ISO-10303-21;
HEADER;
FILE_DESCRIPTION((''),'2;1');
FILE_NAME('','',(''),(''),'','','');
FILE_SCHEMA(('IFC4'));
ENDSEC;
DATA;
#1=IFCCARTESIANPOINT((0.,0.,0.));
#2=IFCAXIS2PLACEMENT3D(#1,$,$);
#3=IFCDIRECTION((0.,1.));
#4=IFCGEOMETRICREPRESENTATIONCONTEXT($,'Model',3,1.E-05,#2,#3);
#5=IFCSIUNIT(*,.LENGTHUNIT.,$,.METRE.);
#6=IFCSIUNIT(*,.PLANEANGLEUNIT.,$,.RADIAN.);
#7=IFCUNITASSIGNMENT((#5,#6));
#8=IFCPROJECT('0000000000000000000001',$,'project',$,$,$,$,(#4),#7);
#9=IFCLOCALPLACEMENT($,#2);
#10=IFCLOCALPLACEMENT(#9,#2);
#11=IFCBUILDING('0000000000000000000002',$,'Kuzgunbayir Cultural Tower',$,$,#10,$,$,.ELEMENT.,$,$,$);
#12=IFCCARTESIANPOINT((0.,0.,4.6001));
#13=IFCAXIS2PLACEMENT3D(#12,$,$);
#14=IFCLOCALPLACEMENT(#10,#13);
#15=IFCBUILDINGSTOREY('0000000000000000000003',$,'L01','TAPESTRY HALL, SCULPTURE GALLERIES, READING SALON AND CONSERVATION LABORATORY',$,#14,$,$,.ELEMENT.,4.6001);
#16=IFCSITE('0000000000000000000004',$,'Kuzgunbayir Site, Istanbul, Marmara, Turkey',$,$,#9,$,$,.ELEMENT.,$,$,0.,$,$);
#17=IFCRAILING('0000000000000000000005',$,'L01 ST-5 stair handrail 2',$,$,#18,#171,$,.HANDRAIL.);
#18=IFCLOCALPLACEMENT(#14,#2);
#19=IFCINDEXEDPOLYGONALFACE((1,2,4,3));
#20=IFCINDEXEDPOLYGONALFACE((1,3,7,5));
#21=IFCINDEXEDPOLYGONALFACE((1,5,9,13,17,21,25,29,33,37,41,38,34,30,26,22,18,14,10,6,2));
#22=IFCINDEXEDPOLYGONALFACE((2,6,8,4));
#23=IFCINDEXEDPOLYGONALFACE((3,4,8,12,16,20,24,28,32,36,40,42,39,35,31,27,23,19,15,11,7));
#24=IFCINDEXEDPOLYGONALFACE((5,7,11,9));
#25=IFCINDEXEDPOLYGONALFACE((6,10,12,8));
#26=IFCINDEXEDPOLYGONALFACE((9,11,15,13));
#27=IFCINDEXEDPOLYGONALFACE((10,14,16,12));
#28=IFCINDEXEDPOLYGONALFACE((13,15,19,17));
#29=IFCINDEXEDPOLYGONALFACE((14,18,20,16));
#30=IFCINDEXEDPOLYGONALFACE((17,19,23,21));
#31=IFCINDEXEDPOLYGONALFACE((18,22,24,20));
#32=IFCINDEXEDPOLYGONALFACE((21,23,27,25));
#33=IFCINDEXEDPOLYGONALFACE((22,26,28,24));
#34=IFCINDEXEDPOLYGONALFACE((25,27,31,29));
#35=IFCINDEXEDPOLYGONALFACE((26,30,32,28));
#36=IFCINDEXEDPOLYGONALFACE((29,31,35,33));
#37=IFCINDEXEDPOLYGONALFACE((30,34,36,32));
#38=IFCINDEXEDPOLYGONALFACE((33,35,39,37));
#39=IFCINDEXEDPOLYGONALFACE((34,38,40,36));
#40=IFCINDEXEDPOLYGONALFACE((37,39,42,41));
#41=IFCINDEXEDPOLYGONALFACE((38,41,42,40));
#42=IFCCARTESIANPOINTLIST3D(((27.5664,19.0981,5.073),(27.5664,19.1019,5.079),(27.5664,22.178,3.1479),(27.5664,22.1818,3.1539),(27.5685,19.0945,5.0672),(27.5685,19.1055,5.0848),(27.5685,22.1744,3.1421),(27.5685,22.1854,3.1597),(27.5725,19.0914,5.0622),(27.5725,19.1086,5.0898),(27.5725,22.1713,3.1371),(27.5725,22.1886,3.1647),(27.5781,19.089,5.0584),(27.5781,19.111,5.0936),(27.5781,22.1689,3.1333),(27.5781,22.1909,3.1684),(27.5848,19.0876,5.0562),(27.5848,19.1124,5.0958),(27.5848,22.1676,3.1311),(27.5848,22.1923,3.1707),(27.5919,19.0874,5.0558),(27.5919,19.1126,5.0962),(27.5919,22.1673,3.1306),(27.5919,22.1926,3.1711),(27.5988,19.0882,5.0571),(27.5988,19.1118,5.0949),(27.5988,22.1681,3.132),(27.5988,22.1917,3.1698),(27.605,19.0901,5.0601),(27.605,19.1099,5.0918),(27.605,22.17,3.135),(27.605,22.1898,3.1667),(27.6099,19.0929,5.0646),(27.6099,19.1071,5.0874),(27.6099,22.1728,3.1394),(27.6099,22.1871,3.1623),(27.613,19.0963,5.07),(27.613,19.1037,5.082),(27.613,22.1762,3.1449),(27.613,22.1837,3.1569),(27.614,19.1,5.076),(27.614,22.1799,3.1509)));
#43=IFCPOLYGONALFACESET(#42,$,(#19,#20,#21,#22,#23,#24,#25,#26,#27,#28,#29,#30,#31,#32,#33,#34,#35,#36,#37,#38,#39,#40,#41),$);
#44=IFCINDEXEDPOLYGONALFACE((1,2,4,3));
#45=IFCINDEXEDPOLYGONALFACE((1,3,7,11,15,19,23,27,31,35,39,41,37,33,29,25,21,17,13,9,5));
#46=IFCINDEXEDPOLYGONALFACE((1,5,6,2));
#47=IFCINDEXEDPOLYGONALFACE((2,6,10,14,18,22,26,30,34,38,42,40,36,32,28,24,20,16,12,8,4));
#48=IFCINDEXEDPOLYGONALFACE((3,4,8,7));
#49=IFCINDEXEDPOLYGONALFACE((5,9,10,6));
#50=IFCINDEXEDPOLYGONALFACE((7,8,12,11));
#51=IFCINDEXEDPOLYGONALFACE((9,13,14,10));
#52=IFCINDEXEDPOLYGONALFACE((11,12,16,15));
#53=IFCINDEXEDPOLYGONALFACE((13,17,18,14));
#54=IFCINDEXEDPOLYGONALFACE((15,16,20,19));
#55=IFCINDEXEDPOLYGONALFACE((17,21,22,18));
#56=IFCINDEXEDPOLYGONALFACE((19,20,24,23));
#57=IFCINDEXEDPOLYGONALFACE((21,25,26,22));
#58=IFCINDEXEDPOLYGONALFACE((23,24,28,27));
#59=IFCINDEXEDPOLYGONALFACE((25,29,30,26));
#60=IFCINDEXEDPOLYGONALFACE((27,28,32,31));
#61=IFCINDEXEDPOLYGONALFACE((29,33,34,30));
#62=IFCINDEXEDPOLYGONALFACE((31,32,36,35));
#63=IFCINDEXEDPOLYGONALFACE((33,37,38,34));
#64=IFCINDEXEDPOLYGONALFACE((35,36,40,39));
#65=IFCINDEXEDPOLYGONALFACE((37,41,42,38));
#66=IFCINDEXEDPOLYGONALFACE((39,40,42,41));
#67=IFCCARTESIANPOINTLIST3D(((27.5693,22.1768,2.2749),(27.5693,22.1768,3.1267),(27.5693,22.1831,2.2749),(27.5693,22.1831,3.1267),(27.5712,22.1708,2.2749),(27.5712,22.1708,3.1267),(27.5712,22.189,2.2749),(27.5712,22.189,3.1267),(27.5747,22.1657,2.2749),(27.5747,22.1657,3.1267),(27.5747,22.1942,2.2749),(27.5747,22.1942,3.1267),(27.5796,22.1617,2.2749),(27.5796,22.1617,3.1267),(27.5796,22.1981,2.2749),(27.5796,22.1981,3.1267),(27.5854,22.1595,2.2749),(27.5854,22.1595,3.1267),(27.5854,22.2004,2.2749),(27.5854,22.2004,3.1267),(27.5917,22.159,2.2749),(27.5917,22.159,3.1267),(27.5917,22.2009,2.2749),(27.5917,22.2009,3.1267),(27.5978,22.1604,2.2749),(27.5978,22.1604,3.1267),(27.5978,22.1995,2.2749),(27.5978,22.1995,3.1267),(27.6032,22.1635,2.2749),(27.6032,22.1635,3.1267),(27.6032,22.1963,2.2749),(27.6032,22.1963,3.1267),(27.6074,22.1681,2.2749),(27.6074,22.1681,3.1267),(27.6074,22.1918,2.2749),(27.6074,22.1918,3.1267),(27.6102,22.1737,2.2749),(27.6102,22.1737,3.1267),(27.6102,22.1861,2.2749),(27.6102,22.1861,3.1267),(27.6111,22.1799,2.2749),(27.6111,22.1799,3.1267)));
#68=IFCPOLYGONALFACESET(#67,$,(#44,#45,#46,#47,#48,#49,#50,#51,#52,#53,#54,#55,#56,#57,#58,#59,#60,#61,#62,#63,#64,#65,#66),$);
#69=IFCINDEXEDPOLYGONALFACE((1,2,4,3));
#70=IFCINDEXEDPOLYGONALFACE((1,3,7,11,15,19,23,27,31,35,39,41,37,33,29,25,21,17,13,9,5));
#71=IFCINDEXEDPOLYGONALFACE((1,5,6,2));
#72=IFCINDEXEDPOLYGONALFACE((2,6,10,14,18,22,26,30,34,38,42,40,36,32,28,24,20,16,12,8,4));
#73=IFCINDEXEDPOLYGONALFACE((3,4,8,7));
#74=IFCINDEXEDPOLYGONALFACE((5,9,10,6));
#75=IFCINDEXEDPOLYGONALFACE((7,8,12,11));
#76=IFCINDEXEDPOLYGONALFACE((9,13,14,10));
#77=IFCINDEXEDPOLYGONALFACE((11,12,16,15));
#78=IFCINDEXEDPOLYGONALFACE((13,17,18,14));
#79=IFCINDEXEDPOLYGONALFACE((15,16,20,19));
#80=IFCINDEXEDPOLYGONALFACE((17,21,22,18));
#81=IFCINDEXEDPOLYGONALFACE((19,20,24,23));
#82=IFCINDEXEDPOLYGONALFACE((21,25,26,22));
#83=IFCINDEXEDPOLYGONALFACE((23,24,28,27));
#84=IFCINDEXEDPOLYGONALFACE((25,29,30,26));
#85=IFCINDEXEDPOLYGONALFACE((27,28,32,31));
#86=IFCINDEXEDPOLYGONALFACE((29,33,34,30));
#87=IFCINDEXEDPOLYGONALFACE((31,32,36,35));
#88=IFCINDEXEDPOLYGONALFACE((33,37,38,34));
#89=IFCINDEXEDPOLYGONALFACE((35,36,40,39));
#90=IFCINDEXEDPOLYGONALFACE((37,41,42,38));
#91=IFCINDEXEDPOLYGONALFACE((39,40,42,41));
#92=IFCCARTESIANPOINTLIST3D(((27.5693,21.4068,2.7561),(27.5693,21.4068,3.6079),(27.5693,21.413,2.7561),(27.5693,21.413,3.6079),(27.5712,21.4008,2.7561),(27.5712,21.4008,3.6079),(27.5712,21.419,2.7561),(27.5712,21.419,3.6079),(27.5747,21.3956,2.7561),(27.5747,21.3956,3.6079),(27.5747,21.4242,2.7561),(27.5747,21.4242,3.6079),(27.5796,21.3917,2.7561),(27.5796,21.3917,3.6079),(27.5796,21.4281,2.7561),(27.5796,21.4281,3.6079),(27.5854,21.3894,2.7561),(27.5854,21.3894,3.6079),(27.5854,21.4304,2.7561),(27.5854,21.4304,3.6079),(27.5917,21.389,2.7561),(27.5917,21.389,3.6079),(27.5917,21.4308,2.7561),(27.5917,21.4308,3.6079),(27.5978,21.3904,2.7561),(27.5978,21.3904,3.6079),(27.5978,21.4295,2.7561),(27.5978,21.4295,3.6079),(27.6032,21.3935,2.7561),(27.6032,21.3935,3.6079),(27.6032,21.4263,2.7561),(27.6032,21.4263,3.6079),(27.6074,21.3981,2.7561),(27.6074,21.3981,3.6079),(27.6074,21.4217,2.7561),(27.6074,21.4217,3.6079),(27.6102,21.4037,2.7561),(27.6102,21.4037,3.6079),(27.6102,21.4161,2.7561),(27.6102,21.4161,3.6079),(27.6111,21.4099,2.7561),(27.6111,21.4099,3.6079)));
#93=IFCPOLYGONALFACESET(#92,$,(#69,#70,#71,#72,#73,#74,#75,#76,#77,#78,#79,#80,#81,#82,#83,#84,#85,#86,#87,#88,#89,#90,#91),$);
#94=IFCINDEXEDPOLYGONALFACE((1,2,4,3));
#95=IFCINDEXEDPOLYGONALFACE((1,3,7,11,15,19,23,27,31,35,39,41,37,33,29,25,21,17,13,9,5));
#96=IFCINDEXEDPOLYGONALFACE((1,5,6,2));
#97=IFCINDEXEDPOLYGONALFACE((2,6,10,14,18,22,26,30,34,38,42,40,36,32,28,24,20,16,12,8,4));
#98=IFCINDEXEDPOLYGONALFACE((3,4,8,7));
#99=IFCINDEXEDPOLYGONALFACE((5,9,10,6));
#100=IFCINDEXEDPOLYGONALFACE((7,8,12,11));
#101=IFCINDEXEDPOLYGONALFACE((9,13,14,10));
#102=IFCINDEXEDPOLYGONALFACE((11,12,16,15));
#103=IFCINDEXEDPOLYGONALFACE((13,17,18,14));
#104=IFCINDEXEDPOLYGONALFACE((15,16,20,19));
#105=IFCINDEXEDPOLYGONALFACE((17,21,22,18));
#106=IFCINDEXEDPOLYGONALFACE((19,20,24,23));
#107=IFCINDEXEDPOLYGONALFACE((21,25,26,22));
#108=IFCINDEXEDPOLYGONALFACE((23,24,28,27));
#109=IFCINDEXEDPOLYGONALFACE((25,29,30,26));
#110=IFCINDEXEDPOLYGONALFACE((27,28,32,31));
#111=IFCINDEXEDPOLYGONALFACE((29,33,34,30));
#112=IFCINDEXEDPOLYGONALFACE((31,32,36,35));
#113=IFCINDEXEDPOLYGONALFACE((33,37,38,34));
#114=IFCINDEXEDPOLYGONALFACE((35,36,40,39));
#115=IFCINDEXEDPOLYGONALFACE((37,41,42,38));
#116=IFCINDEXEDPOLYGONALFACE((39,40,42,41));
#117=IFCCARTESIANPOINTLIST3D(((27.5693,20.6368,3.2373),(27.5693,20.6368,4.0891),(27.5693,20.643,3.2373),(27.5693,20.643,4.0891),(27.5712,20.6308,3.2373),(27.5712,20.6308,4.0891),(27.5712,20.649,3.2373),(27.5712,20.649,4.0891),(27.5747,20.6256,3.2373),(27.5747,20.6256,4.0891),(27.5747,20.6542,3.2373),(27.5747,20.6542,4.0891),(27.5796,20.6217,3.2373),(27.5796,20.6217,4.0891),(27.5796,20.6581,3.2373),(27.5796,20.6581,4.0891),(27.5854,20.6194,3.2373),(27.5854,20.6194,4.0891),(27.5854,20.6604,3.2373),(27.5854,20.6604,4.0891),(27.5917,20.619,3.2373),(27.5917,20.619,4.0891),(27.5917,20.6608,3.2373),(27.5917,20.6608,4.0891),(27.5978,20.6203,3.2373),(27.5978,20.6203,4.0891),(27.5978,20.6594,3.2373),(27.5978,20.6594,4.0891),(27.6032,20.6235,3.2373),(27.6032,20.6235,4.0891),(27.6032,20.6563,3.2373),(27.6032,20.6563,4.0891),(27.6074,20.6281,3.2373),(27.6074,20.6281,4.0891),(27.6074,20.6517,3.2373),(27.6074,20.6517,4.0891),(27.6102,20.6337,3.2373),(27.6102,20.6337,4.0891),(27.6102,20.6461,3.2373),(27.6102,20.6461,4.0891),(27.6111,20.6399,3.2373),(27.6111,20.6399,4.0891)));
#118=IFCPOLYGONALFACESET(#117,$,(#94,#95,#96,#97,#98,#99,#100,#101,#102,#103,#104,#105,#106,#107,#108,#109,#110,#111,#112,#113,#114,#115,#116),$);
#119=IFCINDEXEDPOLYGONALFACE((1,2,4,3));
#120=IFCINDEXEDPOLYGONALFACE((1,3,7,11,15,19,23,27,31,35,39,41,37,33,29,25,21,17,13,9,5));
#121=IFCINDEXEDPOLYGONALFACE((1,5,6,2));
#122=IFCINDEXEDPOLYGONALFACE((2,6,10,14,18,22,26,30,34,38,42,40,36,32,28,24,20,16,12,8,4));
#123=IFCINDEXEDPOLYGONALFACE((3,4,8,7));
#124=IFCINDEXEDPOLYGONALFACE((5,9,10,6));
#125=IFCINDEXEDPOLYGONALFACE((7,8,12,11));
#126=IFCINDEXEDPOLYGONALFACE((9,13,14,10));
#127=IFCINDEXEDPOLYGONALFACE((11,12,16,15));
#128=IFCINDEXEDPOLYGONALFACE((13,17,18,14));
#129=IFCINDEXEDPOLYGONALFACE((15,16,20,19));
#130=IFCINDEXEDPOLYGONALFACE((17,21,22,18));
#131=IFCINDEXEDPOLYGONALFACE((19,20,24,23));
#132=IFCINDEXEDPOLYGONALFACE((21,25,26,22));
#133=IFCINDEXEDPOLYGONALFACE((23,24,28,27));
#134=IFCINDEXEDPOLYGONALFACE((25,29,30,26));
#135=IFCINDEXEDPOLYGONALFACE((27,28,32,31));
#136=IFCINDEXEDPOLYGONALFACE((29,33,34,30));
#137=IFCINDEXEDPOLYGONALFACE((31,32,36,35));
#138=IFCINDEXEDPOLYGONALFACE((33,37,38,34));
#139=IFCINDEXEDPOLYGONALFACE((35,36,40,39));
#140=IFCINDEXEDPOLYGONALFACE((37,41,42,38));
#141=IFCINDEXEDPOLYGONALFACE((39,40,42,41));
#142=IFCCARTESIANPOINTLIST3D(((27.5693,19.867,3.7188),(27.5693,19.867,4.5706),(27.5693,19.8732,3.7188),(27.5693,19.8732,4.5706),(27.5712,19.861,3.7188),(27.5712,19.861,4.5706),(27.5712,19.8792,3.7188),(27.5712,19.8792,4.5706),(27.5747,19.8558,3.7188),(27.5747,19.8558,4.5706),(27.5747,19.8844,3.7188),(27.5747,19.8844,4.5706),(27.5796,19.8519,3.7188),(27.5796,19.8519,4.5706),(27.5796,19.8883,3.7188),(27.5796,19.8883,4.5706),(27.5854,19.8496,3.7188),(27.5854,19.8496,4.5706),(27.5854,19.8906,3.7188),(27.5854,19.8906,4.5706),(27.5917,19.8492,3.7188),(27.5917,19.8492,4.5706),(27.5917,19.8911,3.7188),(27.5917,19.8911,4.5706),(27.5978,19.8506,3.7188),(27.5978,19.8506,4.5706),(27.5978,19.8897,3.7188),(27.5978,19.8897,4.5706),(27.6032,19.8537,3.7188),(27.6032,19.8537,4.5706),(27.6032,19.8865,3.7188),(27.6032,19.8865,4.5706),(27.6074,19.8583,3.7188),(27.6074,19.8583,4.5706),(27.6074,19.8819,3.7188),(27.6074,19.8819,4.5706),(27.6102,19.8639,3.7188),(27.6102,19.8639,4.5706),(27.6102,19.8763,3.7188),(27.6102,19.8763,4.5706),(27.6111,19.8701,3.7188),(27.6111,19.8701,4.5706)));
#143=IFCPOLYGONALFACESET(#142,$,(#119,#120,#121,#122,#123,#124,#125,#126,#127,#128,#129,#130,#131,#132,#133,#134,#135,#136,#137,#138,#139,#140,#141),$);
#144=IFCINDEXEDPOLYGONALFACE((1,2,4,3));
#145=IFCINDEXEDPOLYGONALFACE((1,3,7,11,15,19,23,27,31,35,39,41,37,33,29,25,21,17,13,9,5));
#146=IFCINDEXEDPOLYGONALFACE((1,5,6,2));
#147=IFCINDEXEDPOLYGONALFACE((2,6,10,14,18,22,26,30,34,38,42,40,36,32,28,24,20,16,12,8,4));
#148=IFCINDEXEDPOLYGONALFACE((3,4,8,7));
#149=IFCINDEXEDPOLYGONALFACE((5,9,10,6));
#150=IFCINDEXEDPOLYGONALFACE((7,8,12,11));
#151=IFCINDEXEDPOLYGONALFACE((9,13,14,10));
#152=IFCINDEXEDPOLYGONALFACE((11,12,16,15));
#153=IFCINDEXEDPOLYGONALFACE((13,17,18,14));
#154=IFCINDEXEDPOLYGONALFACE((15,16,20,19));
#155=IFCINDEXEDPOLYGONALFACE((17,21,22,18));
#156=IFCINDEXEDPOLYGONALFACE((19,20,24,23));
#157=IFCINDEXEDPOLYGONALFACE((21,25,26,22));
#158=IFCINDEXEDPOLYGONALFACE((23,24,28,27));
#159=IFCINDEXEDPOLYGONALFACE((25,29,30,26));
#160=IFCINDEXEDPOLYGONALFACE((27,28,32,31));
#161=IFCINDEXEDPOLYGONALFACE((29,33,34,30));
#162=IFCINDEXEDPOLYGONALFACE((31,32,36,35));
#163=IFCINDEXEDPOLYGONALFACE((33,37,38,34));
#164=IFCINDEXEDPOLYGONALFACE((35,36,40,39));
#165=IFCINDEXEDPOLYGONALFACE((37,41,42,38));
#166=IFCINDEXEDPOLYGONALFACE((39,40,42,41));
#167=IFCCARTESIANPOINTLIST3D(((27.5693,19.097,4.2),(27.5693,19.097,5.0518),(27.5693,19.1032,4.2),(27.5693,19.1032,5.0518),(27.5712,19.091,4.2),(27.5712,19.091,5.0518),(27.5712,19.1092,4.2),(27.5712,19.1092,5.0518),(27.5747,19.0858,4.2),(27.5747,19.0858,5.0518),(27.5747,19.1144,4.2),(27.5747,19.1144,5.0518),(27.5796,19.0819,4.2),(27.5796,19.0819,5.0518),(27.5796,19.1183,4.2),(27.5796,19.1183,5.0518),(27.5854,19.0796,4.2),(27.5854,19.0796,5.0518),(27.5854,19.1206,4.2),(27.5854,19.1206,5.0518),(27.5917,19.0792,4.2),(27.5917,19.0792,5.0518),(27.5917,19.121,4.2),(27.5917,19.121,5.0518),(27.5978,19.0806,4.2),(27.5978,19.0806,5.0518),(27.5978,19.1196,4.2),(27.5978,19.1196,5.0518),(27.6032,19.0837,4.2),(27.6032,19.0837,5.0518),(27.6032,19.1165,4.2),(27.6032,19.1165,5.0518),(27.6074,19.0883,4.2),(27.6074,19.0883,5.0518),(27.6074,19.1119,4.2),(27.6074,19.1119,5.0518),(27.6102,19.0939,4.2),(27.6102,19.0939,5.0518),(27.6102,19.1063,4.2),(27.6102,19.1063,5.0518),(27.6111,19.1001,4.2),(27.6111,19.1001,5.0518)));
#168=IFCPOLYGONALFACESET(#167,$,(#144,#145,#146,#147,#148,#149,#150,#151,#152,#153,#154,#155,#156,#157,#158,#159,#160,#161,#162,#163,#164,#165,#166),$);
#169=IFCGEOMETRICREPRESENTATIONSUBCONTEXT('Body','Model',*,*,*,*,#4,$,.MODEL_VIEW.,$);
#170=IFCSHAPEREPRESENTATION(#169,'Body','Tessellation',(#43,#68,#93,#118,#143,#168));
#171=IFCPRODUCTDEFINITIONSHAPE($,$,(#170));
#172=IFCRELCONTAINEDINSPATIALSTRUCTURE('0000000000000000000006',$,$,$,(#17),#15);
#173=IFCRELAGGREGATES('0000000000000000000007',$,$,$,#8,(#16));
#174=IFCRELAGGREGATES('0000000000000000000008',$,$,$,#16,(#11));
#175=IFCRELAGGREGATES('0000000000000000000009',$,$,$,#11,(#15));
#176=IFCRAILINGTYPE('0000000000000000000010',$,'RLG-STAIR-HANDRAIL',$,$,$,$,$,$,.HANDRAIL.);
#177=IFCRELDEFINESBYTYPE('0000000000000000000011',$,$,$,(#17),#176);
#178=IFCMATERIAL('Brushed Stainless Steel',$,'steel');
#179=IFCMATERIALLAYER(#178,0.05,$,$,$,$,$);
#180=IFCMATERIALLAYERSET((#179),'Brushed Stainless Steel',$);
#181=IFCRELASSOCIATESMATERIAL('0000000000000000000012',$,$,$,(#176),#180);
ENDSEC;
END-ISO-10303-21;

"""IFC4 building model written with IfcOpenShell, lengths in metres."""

from ifc_helpers import new_model, si_unit, direction, frame, origin, origin_2d, place, context, subcontext, project, spatial, circle, extrude, material, layer, layer_set, type_object, element, save


model = new_model("IFC4")

# Units and contexts
model_context = context("Model", 3, precision=1e-05, world=origin(), true_north=direction((0.0, 1.0)))
body_context = subcontext(model_context, "Body", "Model", "MODEL_VIEW")
ifc_project = project(units=[si_unit("LENGTHUNIT", "METRE"), si_unit("PLANEANGLEUNIT", "RADIAN")], contexts=[model_context])

# Site, building, storey
site_placement = place(None, origin())
site = spatial("IfcSite", under=ifc_project, at=site_placement, Name="Kuzgunbayir Site, Istanbul, Marmara, Turkey", CompositionType="ELEMENT", RefElevation=0.0)
building_placement = place(site_placement, origin())
building = spatial("IfcBuilding", under=site, at=building_placement, Name="Kuzgunbayir Cultural Tower", CompositionType="ELEMENT")
storey_placement = place(building_placement, frame((0.0, 0.0, 4.6001)))
storey = spatial("IfcBuildingStorey", under=building, at=storey_placement, Name="L01", Description="TAPESTRY HALL, SCULPTURE GALLERIES, READING SALON AND CONSERVATION LABORATORY", CompositionType="ELEMENT", Elevation=4.6001)

# Railing
ifc_material_1 = material(Name="Brushed Stainless Steel", Category="steel")
ifc_layer_1 = layer(ifc_material_1, 0.05)
ifc_layer_set_1 = layer_set([ifc_layer_1], Name="Brushed Stainless Steel")
railing_type_1 = type_object("IfcRailingType", Name="RLG-STAIR-HANDRAIL", PredefinedType="HANDRAIL", material=ifc_layer_set_1)
railing_1_placement = place(storey_placement, frame((27.5901, 22.1799, 2.2749)))
element("IfcRailing", 1, at=railing_1_placement, inside=storey, type_object=railing_type_1, Name="L01 ST-5 stair handrail 2", PredefinedType="HANDRAIL", context=body_context, shape_type="SweptSolid", body=[
    extrude(circle(Radius=0.0239, at=origin_2d()), frame((0.0, 0.0, 0.876), z_axis=(0.0, -0.847979, 0.530029), x_axis=(1.0, 0.0, 0.0)), (0.0, 0.0, 1.0), 3.6321),
    extrude(circle(Radius=0.021, at=origin_2d()), origin(), (0.0, 0.0, 1.0), 0.8518),
    extrude(circle(Radius=0.021, at=origin_2d()), frame((0.0, -0.77, 0.4812)), (0.0, 0.0, 1.0), 0.8518),
    extrude(circle(Radius=0.021, at=origin_2d()), frame((0.0, -1.54, 0.9624)), (0.0, 0.0, 1.0), 0.8518),
    extrude(circle(Radius=0.021, at=origin_2d()), frame((0.0, -2.3098, 1.4438)), (0.0, 0.0, 1.0), 0.8518),
    extrude(circle(Radius=0.021, at=origin_2d()), frame((0.0, -3.0798, 1.925)), (0.0, 0.0, 1.0), 0.8518),
])

save(model, "model.ifc")
